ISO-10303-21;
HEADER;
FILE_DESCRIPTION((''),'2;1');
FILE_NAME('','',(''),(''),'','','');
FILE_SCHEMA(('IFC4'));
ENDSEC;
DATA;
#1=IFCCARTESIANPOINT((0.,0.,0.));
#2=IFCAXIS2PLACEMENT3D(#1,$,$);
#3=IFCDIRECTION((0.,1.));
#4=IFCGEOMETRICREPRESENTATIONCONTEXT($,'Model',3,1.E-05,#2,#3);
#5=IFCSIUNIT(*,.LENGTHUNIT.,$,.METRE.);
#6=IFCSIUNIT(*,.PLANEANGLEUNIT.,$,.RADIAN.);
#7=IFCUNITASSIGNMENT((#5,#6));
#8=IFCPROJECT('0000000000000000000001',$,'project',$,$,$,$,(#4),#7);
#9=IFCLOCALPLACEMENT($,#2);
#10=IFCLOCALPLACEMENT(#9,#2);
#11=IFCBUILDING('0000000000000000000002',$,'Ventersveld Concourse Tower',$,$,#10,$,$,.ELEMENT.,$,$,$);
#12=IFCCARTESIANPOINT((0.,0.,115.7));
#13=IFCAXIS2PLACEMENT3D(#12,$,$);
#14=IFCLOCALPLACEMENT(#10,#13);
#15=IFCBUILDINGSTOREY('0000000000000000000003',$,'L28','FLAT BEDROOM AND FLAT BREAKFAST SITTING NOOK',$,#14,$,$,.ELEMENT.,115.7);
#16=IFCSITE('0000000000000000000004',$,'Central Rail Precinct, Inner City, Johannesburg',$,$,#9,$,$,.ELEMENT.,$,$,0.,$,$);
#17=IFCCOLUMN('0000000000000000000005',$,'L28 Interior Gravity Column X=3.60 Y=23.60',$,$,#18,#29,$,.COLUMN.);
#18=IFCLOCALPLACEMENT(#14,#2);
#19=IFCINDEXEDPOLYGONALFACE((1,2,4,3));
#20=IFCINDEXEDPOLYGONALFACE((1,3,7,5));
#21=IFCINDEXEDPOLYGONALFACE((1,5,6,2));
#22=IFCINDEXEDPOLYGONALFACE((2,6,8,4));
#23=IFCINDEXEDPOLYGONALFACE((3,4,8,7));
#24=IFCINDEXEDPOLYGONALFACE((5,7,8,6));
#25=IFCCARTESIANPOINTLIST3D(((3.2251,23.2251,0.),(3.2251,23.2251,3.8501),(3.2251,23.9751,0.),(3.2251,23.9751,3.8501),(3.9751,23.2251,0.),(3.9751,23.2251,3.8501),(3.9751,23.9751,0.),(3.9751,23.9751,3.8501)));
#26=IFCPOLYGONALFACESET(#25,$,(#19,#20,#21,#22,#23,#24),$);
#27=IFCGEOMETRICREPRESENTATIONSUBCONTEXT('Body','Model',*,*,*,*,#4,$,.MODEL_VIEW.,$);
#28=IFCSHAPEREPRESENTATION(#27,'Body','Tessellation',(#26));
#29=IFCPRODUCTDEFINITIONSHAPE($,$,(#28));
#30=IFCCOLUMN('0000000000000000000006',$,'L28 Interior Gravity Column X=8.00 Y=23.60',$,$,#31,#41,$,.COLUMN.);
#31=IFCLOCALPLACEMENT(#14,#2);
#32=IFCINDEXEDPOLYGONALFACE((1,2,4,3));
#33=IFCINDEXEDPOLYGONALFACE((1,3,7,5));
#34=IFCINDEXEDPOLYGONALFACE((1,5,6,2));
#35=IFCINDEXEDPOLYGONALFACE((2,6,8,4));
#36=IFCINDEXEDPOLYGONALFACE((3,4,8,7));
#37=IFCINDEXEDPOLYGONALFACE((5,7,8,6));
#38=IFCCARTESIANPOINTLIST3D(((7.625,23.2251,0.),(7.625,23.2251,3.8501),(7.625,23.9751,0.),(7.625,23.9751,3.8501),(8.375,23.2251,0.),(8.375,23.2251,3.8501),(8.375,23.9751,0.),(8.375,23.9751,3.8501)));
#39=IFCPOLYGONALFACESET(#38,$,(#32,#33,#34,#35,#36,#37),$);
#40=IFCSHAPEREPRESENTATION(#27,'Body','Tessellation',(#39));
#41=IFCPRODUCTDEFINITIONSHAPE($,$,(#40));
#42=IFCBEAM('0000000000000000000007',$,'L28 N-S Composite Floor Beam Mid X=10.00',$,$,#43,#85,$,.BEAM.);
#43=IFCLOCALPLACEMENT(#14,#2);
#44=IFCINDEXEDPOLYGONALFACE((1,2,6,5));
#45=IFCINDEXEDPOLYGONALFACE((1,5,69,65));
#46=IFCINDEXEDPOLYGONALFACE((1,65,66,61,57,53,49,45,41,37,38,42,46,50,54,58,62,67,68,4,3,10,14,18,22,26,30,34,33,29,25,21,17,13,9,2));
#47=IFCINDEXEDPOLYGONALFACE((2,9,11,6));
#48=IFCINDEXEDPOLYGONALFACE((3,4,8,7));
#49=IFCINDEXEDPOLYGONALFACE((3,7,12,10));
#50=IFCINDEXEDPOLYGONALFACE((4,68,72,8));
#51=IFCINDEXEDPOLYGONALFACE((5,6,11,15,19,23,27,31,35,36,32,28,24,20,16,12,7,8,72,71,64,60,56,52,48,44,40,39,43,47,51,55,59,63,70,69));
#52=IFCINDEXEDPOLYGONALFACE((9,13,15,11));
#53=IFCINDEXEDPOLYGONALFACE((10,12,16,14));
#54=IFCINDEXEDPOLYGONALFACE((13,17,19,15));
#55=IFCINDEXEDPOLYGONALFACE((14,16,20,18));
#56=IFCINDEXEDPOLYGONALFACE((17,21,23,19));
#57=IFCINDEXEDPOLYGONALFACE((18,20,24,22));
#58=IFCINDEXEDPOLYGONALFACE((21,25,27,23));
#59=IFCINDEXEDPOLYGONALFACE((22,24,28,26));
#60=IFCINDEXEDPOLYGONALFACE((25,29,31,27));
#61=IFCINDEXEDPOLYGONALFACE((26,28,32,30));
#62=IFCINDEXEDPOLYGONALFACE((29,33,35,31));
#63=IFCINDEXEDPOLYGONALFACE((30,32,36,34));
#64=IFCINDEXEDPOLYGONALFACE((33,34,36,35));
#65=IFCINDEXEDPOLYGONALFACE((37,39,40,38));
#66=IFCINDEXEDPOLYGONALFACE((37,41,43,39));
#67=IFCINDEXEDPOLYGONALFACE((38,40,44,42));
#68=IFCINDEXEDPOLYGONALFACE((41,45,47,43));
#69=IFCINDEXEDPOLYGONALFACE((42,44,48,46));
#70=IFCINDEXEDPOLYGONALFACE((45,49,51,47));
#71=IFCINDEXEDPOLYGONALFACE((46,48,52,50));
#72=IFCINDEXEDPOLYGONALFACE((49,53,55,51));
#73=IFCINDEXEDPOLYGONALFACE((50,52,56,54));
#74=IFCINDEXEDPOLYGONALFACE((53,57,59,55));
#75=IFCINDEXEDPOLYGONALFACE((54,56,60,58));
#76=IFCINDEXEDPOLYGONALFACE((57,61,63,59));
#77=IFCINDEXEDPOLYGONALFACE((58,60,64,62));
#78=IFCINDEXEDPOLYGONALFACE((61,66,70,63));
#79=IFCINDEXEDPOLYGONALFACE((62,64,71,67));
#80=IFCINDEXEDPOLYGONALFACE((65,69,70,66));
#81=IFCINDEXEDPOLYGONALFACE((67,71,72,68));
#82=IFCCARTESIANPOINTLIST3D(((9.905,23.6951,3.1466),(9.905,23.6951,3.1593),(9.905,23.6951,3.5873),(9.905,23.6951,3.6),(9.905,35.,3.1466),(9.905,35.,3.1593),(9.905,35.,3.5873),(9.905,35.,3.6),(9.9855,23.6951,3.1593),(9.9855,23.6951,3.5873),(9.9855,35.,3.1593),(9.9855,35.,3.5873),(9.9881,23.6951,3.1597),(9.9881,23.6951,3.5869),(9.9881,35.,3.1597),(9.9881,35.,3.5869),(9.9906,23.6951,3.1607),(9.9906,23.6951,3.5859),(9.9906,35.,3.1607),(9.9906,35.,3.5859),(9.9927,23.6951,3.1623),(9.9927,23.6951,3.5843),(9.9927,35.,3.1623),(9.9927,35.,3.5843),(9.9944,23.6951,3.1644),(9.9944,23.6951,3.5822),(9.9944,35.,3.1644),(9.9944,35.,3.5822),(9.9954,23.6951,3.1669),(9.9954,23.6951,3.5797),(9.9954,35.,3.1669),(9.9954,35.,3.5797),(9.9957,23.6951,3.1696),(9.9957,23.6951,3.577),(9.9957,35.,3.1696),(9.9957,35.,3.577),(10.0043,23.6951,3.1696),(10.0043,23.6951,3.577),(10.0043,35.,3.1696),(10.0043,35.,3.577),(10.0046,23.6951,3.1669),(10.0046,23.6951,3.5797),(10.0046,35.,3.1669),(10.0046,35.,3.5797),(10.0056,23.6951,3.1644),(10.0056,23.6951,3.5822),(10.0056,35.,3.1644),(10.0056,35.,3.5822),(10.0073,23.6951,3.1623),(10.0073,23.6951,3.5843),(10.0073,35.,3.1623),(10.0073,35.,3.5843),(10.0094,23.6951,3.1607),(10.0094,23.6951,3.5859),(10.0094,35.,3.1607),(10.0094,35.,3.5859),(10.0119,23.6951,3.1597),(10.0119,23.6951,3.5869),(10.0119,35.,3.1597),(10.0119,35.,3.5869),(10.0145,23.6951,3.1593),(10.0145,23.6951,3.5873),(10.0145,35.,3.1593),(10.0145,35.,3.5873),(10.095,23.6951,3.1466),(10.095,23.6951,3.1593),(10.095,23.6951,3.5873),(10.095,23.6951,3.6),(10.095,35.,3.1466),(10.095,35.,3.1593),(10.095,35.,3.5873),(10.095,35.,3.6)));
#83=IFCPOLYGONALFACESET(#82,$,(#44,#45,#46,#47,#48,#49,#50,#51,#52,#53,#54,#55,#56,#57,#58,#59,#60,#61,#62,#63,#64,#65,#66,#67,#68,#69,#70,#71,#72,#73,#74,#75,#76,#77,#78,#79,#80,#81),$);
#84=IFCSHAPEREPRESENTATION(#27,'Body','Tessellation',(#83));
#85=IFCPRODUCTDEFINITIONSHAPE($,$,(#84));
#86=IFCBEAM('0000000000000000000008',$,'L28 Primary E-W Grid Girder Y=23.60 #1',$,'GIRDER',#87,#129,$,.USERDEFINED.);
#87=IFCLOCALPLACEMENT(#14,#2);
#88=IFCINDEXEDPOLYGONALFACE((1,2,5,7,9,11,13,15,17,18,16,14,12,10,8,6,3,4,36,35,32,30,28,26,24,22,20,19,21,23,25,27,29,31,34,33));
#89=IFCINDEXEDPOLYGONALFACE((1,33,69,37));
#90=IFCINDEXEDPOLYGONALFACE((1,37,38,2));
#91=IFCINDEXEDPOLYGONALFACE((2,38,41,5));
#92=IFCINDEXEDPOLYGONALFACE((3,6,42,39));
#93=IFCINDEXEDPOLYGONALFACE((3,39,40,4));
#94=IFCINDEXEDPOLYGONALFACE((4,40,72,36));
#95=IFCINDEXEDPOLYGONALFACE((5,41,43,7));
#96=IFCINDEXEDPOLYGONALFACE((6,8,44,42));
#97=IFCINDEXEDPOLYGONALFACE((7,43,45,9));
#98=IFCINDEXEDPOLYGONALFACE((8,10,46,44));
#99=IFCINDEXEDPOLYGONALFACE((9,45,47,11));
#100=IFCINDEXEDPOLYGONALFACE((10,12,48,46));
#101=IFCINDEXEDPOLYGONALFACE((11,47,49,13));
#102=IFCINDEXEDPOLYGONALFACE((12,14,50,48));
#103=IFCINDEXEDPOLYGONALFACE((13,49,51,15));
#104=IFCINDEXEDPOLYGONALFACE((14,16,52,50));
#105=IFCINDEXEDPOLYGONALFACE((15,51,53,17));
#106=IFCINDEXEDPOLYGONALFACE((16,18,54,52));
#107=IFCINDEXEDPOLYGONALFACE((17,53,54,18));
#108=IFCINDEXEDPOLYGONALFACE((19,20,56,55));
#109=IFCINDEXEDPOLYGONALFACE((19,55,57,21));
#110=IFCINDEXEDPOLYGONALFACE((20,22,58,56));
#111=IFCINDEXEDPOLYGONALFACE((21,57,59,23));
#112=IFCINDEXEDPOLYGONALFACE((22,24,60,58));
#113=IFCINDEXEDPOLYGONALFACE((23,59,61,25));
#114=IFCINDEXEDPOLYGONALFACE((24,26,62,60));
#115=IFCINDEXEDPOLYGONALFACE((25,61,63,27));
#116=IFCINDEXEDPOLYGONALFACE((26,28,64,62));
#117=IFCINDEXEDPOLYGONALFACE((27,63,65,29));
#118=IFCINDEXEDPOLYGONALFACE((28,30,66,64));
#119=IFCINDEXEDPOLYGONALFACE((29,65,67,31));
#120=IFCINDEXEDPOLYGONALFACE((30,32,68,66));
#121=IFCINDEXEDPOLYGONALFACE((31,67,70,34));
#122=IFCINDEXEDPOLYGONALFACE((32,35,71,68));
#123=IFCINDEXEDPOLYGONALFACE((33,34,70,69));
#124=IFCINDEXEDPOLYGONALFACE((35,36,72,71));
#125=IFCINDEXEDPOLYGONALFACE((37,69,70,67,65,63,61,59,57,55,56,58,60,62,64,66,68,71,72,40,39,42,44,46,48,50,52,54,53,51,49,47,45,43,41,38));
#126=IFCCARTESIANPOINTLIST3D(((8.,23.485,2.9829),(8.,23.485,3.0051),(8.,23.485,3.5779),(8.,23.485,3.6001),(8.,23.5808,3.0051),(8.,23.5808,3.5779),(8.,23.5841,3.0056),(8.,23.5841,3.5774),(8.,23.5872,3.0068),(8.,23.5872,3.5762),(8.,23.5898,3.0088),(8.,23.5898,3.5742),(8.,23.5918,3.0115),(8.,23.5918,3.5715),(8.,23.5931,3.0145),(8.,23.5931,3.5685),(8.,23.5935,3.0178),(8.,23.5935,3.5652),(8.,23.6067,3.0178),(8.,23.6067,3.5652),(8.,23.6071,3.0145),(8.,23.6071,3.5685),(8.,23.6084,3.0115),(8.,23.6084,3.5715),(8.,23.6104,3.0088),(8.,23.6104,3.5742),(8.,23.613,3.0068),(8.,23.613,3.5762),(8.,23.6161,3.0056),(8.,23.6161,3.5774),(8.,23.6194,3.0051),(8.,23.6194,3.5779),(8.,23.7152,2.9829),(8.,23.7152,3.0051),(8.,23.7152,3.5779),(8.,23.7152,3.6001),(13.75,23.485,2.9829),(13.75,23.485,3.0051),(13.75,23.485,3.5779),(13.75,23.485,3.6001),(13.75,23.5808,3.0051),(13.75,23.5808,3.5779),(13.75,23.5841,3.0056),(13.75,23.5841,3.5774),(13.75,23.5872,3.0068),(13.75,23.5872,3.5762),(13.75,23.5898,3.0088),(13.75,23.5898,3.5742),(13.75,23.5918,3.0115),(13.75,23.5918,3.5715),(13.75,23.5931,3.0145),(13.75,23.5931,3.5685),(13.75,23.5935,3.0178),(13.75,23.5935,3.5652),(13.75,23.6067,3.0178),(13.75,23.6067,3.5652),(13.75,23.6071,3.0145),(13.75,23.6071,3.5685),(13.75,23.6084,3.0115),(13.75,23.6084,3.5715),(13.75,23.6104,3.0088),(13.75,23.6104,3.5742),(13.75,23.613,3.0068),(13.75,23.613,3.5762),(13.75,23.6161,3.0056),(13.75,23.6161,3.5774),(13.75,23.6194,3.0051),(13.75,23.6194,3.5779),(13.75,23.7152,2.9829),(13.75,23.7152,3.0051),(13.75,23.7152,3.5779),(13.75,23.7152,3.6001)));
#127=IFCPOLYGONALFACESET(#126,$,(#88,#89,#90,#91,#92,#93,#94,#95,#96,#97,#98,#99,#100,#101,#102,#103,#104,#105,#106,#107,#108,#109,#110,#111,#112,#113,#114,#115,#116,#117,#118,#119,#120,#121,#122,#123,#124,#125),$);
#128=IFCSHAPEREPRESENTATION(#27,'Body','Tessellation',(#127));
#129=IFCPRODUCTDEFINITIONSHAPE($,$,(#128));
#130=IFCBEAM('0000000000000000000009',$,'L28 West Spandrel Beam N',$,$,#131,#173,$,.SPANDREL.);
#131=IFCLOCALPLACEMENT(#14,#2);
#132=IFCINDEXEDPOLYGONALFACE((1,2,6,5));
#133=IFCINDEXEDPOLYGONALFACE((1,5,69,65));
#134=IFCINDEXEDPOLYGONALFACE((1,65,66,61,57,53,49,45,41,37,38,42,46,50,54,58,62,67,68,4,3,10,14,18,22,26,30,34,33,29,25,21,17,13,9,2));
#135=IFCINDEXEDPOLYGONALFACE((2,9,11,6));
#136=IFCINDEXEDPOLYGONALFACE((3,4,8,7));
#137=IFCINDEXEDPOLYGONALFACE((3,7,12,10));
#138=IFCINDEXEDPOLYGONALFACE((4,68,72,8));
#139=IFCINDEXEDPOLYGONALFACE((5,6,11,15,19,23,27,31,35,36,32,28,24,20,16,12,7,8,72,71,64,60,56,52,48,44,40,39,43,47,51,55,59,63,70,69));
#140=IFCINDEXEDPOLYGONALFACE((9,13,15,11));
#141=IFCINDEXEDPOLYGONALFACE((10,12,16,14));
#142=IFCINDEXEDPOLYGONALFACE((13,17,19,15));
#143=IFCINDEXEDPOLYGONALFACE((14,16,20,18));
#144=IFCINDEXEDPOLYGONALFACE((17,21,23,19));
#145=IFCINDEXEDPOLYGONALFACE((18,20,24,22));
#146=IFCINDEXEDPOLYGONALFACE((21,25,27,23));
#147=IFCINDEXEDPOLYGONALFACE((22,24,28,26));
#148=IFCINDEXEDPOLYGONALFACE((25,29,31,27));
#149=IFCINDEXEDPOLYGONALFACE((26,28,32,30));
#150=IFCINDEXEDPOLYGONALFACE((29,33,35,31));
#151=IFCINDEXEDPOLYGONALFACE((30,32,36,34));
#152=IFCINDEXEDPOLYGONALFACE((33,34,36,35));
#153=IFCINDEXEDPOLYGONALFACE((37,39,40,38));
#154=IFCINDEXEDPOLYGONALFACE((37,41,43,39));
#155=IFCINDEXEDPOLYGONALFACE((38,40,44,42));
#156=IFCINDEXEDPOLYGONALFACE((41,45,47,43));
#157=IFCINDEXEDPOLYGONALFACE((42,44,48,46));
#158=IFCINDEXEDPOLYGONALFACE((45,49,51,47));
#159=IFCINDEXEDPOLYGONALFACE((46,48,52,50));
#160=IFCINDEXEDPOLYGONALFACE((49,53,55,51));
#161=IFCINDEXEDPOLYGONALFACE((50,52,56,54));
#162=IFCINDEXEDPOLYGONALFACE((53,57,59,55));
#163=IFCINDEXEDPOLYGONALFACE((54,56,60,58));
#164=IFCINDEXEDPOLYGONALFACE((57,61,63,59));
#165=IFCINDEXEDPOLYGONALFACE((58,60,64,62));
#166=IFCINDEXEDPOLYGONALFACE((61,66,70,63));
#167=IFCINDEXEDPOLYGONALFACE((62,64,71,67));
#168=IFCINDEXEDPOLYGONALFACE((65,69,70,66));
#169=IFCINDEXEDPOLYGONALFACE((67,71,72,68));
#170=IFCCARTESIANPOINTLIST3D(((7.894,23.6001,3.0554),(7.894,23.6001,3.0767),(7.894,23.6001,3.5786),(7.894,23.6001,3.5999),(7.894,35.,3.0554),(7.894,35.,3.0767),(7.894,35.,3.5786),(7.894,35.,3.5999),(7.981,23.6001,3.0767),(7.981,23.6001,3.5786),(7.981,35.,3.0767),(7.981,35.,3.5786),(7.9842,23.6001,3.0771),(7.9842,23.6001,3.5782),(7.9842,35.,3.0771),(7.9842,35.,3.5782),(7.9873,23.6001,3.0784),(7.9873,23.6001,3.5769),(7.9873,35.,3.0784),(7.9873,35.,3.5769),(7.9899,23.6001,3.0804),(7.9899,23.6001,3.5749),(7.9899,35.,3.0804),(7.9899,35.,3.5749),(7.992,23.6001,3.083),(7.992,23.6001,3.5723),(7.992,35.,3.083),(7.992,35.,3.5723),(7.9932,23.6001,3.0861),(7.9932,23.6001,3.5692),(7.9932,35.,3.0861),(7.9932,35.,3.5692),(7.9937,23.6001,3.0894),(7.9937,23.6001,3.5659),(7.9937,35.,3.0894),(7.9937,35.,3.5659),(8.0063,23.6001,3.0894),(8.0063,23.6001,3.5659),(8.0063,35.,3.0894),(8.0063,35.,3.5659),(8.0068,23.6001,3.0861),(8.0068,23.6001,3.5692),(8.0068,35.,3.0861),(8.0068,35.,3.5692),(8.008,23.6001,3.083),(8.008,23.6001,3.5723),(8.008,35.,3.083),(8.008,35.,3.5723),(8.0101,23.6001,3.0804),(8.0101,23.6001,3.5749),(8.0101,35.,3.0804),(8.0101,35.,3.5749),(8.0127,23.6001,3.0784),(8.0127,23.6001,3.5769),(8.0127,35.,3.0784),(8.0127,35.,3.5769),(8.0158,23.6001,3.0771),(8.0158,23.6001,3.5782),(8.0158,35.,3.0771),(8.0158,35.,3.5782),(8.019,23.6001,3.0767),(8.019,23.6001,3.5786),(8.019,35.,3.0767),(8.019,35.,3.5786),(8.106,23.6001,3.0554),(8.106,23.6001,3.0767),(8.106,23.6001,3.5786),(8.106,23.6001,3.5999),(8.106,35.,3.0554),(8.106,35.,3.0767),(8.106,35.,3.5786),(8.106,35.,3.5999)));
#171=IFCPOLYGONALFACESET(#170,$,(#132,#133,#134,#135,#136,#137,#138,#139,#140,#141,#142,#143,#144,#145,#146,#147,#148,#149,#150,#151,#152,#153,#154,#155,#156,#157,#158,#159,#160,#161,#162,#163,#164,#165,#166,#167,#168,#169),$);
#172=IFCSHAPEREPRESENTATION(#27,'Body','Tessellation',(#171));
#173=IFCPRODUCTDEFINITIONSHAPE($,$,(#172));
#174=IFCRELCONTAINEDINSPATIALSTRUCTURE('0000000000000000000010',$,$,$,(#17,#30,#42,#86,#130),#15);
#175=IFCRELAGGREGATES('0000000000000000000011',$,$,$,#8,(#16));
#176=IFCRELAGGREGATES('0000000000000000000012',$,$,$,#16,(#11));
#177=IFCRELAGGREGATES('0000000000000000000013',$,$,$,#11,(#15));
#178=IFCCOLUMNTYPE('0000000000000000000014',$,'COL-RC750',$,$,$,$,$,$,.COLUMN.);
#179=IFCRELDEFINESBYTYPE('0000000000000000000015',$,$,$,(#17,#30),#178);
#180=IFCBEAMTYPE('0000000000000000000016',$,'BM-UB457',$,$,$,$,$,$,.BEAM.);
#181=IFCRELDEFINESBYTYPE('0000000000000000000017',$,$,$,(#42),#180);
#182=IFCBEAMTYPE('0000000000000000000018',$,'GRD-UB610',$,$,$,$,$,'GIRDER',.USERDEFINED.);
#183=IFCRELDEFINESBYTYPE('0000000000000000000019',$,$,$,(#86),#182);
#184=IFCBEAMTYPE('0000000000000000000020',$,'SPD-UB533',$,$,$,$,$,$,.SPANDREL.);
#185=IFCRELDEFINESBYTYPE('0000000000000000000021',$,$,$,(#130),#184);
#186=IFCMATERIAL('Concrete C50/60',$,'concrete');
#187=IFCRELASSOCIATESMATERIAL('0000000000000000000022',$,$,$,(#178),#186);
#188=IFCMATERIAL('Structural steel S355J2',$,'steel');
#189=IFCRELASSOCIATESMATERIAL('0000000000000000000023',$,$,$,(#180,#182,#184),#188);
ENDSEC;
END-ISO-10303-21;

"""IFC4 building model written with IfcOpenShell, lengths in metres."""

from ifc_helpers import new_model, si_unit, direction, frame, origin, origin_2d, place, context, subcontext, project, spatial, rectangle, i_section, extrude, material, material_profile, profile_set, type_object, element, save


model = new_model("IFC4")

# Units and contexts
model_context = context("Model", 3, precision=1e-05, world=origin(), true_north=direction((0.0, 1.0)))
body_context = subcontext(model_context, "Body", "Model", "MODEL_VIEW")
ifc_project = project(units=[si_unit("LENGTHUNIT", "METRE"), si_unit("PLANEANGLEUNIT", "RADIAN")], contexts=[model_context])

# Site, building, storey
site_placement = place(None, origin())
site = spatial("IfcSite", under=ifc_project, at=site_placement, Name="Central Rail Precinct, Inner City, Johannesburg", CompositionType="ELEMENT", RefElevation=0.0)
building_placement = place(site_placement, origin())
building = spatial("IfcBuilding", under=site, at=building_placement, Name="Ventersveld Concourse Tower", CompositionType="ELEMENT")
storey_placement = place(building_placement, frame((0.0, 0.0, 115.7)))
storey = spatial("IfcBuildingStorey", under=building, at=storey_placement, Name="L28", Description="FLAT BEDROOM AND FLAT BREAKFAST SITTING NOOK", CompositionType="ELEMENT", Elevation=115.7)

# Columns
ifc_material_1 = material(Name="Concrete C50/60", Category="concrete")
ifc_material_profile_1 = material_profile(ifc_material_1, rectangle(XDim=0.75, YDim=0.75, at=origin_2d()), Name="RC 750x750")
ifc_profile_set_1 = profile_set([ifc_material_profile_1], Name="Concrete C50/60")
column_type = type_object("IfcColumnType", Name="COL-RC750", PredefinedType="COLUMN", material=ifc_profile_set_1)
for number, where, z_axis, x_axis, name in (
    (1, (3.6001, 23.6001, 0.0), (0.0, 0.0, 1.0), (1.0, 0.0, 0.0), "L28 Interior Gravity Column X=3.60 Y=23.60"),
    (2, (8.0, 23.6001, 0.0), (0.0, 0.0, 1.0), (1.0, 0.0, 0.0), "L28 Interior Gravity Column X=8.00 Y=23.60"),
):
    element("IfcColumn", number, at=place(storey_placement, frame(where, z_axis=z_axis, x_axis=x_axis)), inside=storey, type_object=column_type, Name=name, PredefinedType="COLUMN", context=body_context, shape_type="SweptSolid", body=[
        extrude(rectangle(XDim=0.75, YDim=0.75, at=origin_2d()), origin(), (0.0, 0.0, 1.0), 3.8501),
    ])

# Beams
ifc_material_2 = material(Name="Structural steel S355J2", Category="steel")
ifc_material_profile_2 = material_profile(ifc_material_2, i_section(OverallWidth=0.1899, OverallDepth=0.4534, WebThickness=0.0085, FlangeThickness=0.0127, FilletRadius=0.0103, at=origin_2d()), Name="UB 457x191x67")
ifc_profile_set_2 = profile_set([ifc_material_profile_2], Name="Structural steel S355J2")
beam_type_1 = type_object("IfcBeamType", Name="BM-UB457", PredefinedType="BEAM", material=ifc_profile_set_2)
beam_1_placement = place(storey_placement, frame((10.0, 23.6951, 3.3733), z_axis=(0.0, 1.0, 0.0), x_axis=(-1.0, 0.0, 0.0)))
element("IfcBeam", 3, at=beam_1_placement, inside=storey, type_object=beam_type_1, Name="L28 N-S Composite Floor Beam Mid X=10.00", PredefinedType="BEAM", context=body_context, shape_type="SweptSolid", body=[
    extrude(i_section(OverallWidth=0.1899, OverallDepth=0.4534, WebThickness=0.0085, FlangeThickness=0.0127, FilletRadius=0.0103, at=origin_2d()), origin(), (0.0, 0.0, 1.0), 11.3049),
])
ifc_material_profile_3 = material_profile(ifc_material_2, i_section(OverallWidth=0.2302, OverallDepth=0.6172, WebThickness=0.0132, FlangeThickness=0.0222, FilletRadius=0.0127, at=origin_2d()), Name="UB 610x229x140")
ifc_profile_set_3 = profile_set([ifc_material_profile_3], Name="Structural steel S355J2")
beam_type_2 = type_object("IfcBeamType", Name="GRD-UB610", ElementType="GIRDER", PredefinedType="USERDEFINED", material=ifc_profile_set_3)
beam_2_placement = place(storey_placement, frame((8.0, 23.6001, 3.2915), z_axis=(1.0, 0.0, 0.0), x_axis=(0.0, 1.0, 0.0)))
element("IfcBeam", 4, at=beam_2_placement, inside=storey, type_object=beam_type_2, Name="L28 Primary E-W Grid Girder Y=23.60 #1", ObjectType="GIRDER", PredefinedType="USERDEFINED", context=body_context, shape_type="SweptSolid", body=[
    extrude(i_section(OverallWidth=0.2302, OverallDepth=0.6172, WebThickness=0.0132, FlangeThickness=0.0222, FilletRadius=0.0127, at=origin_2d()), origin(), (0.0, 0.0, 1.0), 5.75),
])
ifc_material_profile_4 = material_profile(ifc_material_2, i_section(OverallWidth=0.2119, OverallDepth=0.5444, WebThickness=0.0127, FlangeThickness=0.0212, FilletRadius=0.0127, at=origin_2d()), Name="UB 533x210x122")
ifc_profile_set_4 = profile_set([ifc_material_profile_4], Name="Structural steel S355J2")
beam_type_3 = type_object("IfcBeamType", Name="SPD-UB533", PredefinedType="SPANDREL", material=ifc_profile_set_4)
beam_3_placement = place(storey_placement, frame((8.0, 23.6001, 3.3276), z_axis=(0.0, 1.0, 0.0), x_axis=(-1.0, 0.0, 0.0)))
element("IfcBeam", 5, at=beam_3_placement, inside=storey, type_object=beam_type_3, Name="L28 West Spandrel Beam N", PredefinedType="SPANDREL", context=body_context, shape_type="SweptSolid", body=[
    extrude(i_section(OverallWidth=0.2119, OverallDepth=0.5444, WebThickness=0.0127, FlangeThickness=0.0212, FilletRadius=0.0127, at=origin_2d()), origin(), (0.0, 0.0, 1.0), 11.3999),
])

save(model, "model.ifc")
